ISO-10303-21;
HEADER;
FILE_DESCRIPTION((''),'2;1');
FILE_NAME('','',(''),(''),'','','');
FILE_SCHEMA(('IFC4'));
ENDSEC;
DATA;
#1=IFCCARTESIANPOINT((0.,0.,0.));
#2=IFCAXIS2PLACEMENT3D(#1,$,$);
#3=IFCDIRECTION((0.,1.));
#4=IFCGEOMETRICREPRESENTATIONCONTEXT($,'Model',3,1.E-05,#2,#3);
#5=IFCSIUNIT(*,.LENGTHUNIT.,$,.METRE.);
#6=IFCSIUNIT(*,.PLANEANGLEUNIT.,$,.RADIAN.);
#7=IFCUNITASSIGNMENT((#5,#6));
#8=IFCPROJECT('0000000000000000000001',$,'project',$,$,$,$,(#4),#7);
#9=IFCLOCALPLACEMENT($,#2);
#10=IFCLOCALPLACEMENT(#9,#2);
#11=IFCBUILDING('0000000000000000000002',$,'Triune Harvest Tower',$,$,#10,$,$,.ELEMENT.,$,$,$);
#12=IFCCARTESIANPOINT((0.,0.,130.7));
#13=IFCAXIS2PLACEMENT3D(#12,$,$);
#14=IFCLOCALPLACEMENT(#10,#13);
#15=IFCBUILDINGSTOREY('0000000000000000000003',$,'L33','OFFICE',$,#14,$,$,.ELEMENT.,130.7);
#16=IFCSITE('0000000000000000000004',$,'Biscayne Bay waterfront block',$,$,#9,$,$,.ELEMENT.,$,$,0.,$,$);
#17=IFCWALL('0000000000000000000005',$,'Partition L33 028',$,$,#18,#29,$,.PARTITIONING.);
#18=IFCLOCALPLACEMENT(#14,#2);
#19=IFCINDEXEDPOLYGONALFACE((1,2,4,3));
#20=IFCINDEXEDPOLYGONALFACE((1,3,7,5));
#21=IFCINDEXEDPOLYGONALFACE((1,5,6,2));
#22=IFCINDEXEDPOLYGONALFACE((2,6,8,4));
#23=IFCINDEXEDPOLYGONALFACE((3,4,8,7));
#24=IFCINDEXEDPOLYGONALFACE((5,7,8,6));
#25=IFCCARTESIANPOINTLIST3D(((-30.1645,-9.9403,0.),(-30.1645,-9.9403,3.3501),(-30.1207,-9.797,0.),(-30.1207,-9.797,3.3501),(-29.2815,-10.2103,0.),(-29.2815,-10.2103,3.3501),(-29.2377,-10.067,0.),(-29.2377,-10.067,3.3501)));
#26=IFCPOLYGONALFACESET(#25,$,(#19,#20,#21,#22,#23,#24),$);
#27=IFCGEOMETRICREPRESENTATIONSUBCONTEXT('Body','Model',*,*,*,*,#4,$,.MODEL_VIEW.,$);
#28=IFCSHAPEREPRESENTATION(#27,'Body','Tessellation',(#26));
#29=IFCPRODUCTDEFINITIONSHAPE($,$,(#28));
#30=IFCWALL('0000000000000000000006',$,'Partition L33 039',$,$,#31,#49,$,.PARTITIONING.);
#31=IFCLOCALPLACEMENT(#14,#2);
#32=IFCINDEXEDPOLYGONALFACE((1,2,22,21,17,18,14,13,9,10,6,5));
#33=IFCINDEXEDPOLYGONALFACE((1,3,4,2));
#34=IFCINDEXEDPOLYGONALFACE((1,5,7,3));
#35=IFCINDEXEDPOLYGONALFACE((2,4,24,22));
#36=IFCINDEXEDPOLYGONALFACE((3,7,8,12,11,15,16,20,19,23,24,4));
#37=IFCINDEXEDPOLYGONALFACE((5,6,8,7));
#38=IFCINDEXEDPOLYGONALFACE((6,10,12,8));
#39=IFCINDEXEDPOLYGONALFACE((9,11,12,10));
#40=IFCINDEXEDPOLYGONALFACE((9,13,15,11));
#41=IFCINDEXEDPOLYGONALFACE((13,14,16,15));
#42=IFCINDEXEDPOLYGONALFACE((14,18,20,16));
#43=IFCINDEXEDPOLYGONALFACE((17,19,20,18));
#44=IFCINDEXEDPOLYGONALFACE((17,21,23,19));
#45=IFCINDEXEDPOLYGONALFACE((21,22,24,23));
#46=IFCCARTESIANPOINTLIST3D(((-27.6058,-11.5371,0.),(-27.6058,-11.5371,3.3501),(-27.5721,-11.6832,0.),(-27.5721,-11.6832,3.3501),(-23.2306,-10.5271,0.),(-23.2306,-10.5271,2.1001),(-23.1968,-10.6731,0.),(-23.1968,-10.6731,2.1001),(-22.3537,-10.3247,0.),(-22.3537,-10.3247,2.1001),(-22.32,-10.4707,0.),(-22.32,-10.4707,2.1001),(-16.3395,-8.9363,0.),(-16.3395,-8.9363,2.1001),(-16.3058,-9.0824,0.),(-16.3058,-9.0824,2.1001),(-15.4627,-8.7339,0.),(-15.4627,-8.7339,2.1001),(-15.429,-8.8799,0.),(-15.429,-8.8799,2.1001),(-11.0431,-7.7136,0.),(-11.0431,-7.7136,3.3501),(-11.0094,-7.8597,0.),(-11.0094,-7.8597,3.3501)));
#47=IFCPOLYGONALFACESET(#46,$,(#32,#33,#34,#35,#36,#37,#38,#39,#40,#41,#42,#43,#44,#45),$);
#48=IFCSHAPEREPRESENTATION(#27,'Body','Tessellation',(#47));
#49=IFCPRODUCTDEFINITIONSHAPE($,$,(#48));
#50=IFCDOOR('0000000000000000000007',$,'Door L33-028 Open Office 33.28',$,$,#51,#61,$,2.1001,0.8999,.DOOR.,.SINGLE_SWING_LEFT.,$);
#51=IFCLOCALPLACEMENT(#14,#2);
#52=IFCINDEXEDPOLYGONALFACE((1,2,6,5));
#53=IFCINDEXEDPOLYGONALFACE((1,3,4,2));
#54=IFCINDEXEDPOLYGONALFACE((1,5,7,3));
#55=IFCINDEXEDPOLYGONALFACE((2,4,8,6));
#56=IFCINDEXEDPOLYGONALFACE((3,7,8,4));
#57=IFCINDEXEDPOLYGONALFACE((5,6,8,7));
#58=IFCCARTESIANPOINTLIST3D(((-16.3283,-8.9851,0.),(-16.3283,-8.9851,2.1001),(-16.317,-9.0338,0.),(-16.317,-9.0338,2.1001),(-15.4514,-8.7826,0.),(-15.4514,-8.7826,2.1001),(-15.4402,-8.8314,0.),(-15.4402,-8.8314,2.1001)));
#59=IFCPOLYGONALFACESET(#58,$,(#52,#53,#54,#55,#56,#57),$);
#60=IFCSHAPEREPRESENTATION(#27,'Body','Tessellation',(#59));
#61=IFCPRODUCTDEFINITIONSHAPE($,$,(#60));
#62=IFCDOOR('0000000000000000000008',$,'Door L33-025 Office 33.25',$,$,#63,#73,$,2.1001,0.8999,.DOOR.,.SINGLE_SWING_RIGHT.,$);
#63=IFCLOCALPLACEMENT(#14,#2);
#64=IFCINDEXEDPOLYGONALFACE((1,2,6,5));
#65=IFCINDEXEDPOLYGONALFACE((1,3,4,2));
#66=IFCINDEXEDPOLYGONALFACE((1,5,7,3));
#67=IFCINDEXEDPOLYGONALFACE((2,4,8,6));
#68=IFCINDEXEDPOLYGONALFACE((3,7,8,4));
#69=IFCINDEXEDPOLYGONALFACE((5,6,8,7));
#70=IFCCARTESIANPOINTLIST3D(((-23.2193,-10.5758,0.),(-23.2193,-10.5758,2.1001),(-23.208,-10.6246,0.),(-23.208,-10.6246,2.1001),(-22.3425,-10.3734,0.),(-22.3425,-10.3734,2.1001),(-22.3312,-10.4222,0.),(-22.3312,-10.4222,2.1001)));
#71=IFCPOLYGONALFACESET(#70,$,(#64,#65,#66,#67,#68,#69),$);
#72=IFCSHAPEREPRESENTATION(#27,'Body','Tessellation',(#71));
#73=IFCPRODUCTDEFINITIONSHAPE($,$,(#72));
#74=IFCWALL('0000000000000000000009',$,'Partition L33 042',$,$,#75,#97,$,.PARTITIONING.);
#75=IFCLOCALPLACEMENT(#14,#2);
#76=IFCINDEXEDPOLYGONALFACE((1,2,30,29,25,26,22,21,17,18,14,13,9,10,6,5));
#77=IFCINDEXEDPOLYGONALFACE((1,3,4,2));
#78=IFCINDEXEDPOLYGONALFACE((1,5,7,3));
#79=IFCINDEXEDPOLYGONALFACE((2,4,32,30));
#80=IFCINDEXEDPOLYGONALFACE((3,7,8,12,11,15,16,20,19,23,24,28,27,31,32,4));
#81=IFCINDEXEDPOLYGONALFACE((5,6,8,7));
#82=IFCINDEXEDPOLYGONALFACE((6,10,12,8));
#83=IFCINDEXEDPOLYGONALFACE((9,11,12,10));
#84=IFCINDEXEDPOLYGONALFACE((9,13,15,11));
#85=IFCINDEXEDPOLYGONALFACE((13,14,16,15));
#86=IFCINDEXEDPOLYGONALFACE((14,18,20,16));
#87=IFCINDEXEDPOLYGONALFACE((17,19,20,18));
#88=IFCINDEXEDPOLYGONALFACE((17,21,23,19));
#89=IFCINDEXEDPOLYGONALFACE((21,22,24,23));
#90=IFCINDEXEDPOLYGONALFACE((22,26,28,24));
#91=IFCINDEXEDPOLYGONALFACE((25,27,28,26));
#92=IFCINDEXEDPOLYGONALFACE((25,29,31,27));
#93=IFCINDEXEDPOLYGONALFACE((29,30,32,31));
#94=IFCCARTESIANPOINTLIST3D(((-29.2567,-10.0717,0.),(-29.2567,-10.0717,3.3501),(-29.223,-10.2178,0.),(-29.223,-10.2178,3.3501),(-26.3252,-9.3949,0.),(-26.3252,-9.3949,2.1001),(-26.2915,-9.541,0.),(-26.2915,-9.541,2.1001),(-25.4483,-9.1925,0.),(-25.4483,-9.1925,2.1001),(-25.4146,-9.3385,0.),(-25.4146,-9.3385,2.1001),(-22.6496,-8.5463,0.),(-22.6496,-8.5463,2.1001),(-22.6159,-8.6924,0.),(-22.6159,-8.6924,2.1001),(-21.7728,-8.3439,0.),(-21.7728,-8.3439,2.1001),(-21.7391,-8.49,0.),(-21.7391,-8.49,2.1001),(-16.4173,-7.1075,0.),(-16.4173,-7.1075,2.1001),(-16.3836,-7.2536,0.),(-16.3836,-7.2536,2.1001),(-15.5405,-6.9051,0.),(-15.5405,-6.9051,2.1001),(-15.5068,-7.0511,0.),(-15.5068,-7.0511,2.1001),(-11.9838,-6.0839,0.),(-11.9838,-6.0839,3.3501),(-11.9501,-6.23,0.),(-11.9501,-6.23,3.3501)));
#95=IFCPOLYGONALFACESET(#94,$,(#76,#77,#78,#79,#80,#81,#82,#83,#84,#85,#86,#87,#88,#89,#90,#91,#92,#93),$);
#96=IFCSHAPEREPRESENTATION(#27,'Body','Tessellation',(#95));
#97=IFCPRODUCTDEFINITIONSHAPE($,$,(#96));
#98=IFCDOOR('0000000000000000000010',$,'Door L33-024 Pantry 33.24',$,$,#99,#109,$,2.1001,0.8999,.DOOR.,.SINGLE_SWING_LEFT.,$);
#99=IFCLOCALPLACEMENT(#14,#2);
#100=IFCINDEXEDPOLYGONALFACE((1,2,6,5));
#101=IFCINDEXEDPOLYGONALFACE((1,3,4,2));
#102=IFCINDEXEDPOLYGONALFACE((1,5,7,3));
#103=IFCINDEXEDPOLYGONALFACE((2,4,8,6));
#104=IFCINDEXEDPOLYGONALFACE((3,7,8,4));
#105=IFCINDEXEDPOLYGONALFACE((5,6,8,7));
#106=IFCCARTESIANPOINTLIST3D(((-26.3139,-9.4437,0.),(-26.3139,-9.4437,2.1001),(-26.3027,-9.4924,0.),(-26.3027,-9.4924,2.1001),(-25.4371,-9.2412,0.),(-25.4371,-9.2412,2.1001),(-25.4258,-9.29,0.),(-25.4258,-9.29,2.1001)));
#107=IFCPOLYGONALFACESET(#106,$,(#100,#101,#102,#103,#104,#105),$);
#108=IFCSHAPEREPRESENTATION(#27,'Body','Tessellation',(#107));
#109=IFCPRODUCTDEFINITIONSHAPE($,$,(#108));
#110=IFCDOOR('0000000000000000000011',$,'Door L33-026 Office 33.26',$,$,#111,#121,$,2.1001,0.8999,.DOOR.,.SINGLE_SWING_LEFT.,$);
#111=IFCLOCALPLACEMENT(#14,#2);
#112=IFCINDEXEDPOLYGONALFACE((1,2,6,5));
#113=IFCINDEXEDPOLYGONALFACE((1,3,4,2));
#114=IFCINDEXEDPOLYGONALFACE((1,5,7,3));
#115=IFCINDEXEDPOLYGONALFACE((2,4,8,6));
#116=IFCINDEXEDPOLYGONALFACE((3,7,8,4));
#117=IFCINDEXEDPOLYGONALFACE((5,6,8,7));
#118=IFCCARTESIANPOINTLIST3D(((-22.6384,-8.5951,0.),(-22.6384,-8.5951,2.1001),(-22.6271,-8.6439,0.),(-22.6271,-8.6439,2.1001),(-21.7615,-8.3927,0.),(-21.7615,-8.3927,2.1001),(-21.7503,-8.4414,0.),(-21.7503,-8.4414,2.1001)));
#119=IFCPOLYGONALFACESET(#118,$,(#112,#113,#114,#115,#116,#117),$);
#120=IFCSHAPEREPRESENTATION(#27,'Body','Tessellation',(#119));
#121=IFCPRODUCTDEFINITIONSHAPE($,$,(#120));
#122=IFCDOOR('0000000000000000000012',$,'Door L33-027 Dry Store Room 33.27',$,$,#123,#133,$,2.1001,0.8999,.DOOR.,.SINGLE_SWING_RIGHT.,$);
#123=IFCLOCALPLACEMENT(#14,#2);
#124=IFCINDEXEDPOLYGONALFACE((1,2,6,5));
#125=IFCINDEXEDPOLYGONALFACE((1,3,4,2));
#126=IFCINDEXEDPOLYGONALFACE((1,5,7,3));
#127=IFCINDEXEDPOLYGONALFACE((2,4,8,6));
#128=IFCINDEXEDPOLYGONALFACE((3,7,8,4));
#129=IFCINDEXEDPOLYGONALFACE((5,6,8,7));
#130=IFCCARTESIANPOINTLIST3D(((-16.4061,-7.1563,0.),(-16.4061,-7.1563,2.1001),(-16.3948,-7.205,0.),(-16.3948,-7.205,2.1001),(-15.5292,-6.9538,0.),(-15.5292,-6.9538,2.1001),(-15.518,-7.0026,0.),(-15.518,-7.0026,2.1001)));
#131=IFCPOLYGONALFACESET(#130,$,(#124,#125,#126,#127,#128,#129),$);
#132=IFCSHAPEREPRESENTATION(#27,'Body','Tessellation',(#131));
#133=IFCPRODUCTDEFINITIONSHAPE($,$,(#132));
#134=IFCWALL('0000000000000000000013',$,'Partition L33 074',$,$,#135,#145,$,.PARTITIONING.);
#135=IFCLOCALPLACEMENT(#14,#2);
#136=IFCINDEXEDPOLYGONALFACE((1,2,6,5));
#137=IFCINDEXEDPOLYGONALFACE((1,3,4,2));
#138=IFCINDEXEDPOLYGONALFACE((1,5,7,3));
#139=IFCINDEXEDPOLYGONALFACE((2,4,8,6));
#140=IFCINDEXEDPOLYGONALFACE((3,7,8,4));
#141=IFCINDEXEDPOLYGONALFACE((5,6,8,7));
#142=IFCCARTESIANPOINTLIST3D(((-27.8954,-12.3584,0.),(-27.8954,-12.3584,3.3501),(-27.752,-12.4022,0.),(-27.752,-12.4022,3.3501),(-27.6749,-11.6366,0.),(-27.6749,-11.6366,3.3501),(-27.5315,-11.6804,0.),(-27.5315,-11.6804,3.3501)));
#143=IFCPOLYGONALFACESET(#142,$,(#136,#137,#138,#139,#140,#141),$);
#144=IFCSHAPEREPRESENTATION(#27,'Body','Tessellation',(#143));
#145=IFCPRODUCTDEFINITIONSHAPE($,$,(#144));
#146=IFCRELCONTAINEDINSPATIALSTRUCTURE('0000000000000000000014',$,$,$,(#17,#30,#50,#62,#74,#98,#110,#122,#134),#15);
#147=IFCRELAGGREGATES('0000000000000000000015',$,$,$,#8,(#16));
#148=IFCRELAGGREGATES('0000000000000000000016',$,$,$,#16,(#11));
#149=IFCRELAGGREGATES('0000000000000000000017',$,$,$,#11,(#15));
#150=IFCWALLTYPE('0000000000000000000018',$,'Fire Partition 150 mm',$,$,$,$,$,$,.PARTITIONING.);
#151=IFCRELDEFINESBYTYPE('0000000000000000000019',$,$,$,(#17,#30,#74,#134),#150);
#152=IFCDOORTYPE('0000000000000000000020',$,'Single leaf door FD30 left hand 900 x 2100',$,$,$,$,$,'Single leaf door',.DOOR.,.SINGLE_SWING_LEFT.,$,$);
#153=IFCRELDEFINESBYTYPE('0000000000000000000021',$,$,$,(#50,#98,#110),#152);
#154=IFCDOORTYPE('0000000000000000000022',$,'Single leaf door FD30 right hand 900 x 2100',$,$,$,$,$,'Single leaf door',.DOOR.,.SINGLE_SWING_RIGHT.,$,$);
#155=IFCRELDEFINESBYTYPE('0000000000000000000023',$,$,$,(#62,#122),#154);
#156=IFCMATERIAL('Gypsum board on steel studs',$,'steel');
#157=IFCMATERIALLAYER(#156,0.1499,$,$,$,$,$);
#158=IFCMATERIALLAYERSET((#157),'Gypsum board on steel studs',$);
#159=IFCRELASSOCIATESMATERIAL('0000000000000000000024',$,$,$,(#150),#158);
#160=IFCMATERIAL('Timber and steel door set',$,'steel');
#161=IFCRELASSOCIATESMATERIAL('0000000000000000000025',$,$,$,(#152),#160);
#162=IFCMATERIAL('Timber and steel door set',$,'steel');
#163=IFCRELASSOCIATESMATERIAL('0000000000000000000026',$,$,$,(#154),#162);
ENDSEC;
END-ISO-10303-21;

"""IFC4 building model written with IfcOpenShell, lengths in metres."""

from ifc_helpers import new_model, si_unit, direction, frame, frame_2d, origin, place, context, subcontext, project, spatial, rectangle, extrude, material, layer, layer_set, type_object, element, fill, save


model = new_model("IFC4")

# Units and contexts
model_context = context("Model", 3, precision=1e-05, world=origin(), true_north=direction((0.0, 1.0)))
body_context = subcontext(model_context, "Body", "Model", "MODEL_VIEW")
ifc_project = project(units=[si_unit("LENGTHUNIT", "METRE"), si_unit("PLANEANGLEUNIT", "RADIAN")], contexts=[model_context])

# Site, building, storey
site_placement = place(None, origin())
site = spatial("IfcSite", under=ifc_project, at=site_placement, Name="Biscayne Bay waterfront block", CompositionType="ELEMENT", RefElevation=0.0)
building_placement = place(site_placement, origin())
building = spatial("IfcBuilding", under=site, at=building_placement, Name="Triune Harvest Tower", CompositionType="ELEMENT")
storey_placement = place(building_placement, frame((0.0, 0.0, 130.7)))
storey = spatial("IfcBuildingStorey", under=building, at=storey_placement, Name="L33", Description="OFFICE", CompositionType="ELEMENT", Elevation=130.7)

# Wall
ifc_material_1 = material(Name="Gypsum board on steel studs", Category="steel")
ifc_layer_1 = layer(ifc_material_1, 0.1499)
ifc_layer_set_1 = layer_set([ifc_layer_1], Name="Gypsum board on steel studs")
wall_type = type_object("IfcWallType", Name="Fire Partition 150 mm", PredefinedType="PARTITIONING", material=ifc_layer_set_1)
wall_1_placement = place(storey_placement, frame((-30.1426, -9.8687, 0.0), z_axis=(0.0, 0.0, 1.0), x_axis=(0.956292, -0.292413, 0.0)))
element("IfcWall", 1, at=wall_1_placement, inside=storey, type_object=wall_type, Name="Partition L33 028", PredefinedType="PARTITIONING", context=body_context, shape_type="SweptSolid", body=[
    extrude(rectangle(XDim=0.9233, YDim=0.1499, at=frame_2d((0.4617, 0.0))), origin(), (0.0, 0.0, 1.0), 3.3501),
])

# Walls, openings, doors
wall_2_placement = place(storey_placement, frame((-27.5889, -11.6101, 0.0), z_axis=(0.0, 0.0, 1.0), x_axis=(0.974374, 0.224933, 0.0)))
wall_2 = element("IfcWall", 2, at=wall_2_placement, inside=storey, type_object=wall_type, Name="Partition L33 039", PredefinedType="PARTITIONING", context=body_context, shape_type="SweptSolid", body=[
    extrude(rectangle(XDim=16.9983, YDim=0.1499, at=frame_2d((8.499, 0.0))), origin(), (0.0, 0.0, 1.0), 3.3501),
])
opening_1_placement = place(wall_2_placement, frame((4.4902, 0.0, 0.0)))
opening_1 = element("IfcOpeningElement", 3, at=opening_1_placement, cuts=wall_2, PredefinedType="OPENING", context=body_context, shape_type="SweptSolid", body=[
    extrude(rectangle(XDim=0.8999, YDim=2.1001, at=frame_2d((0.45, 1.05))), frame((0.0, 0.085, 0.0), z_axis=(0.0, -1.0, 0.0), x_axis=(1.0, 0.0, 0.0)), (0.0, 0.0, 1.0), 0.1699),
])
opening_2_placement = place(wall_2_placement, frame((11.5625, 0.0, 0.0)))
opening_2 = element("IfcOpeningElement", 4, at=opening_2_placement, cuts=wall_2, PredefinedType="OPENING", context=body_context, shape_type="SweptSolid", body=[
    extrude(rectangle(XDim=0.8999, YDim=2.1001, at=frame_2d((0.45, 1.05))), frame((0.0, 0.085, 0.0), z_axis=(0.0, -1.0, 0.0), x_axis=(1.0, 0.0, 0.0)), (0.0, 0.0, 1.0), 0.1699),
])
ifc_material_2 = material(Name="Timber and steel door set", Category="steel")
door_type_1 = type_object("IfcDoorType", Name="Single leaf door FD30 left hand 900 x 2100", ElementType="Single leaf door", OperationType="SINGLE_SWING_LEFT", PredefinedType="DOOR", material=ifc_material_2)
door_1_placement = place(opening_2_placement, origin())
door_1 = element("IfcDoor", 5, at=door_1_placement, inside=storey, type_object=door_type_1, Name="Door L33-028 Open Office 33.28", OperationType="SINGLE_SWING_LEFT", OverallHeight=2.1001, OverallWidth=0.8999, PredefinedType="DOOR", context=body_context, shape_type="SweptSolid", body=[
    extrude(rectangle(XDim=0.8999, YDim=2.1001, at=frame_2d((0.45, 1.05))), frame((0.0, 0.0249, 0.0), z_axis=(0.0, -1.0, 0.0), x_axis=(1.0, 0.0, 0.0)), (0.0, 0.0, 1.0), 0.05),
])
fill(opening_2, door_1)
ifc_material_3 = material(Name="Timber and steel door set", Category="steel")
door_type_2 = type_object("IfcDoorType", Name="Single leaf door FD30 right hand 900 x 2100", ElementType="Single leaf door", OperationType="SINGLE_SWING_RIGHT", PredefinedType="DOOR", material=ifc_material_3)
door_2_placement = place(opening_1_placement, origin())
door_2 = element("IfcDoor", 6, at=door_2_placement, inside=storey, type_object=door_type_2, Name="Door L33-025 Office 33.25", OperationType="SINGLE_SWING_RIGHT", OverallHeight=2.1001, OverallWidth=0.8999, PredefinedType="DOOR", context=body_context, shape_type="SweptSolid", body=[
    extrude(rectangle(XDim=0.8999, YDim=2.1001, at=frame_2d((0.45, 1.05))), frame((0.0, 0.0249, 0.0), z_axis=(0.0, -1.0, 0.0), x_axis=(1.0, 0.0, 0.0)), (0.0, 0.0, 1.0), 0.05),
])
fill(opening_1, door_2)
wall_3_placement = place(storey_placement, frame((-29.24, -10.1448, 0.0), z_axis=(0.0, 0.0, 1.0), x_axis=(0.97437, 0.224952, 0.0)))
wall_3 = element("IfcWall", 7, at=wall_3_placement, inside=storey, type_object=wall_type, Name="Partition L33 042", PredefinedType="PARTITIONING", context=body_context, shape_type="SweptSolid", body=[
    extrude(rectangle(XDim=17.7273, YDim=0.1499, at=frame_2d((8.8638, 0.0))), origin(), (0.0, 0.0, 1.0), 3.3501),
])
opening_3_placement = place(wall_3_placement, frame((3.0088, 0.0, 0.0)))
opening_3 = element("IfcOpeningElement", 8, at=opening_3_placement, cuts=wall_3, PredefinedType="OPENING", context=body_context, shape_type="SweptSolid", body=[
    extrude(rectangle(XDim=0.8999, YDim=2.1001, at=frame_2d((0.45, 1.05))), frame((0.0, 0.085, 0.0), z_axis=(0.0, -1.0, 0.0), x_axis=(1.0, 0.0, 0.0)), (0.0, 0.0, 1.0), 0.1699),
])
opening_4_placement = place(wall_3_placement, frame((6.781, 0.0, 0.0)))
opening_4 = element("IfcOpeningElement", 9, at=opening_4_placement, cuts=wall_3, PredefinedType="OPENING", context=body_context, shape_type="SweptSolid", body=[
    extrude(rectangle(XDim=0.8999, YDim=2.1001, at=frame_2d((0.45, 1.05))), frame((0.0, 0.085, 0.0), z_axis=(0.0, -1.0, 0.0), x_axis=(1.0, 0.0, 0.0)), (0.0, 0.0, 1.0), 0.1699),
])
opening_5_placement = place(wall_3_placement, frame((13.1772, 0.0, 0.0)))
opening_5 = element("IfcOpeningElement", 10, at=opening_5_placement, cuts=wall_3, PredefinedType="OPENING", context=body_context, shape_type="SweptSolid", body=[
    extrude(rectangle(XDim=0.8999, YDim=2.1001, at=frame_2d((0.45, 1.05))), frame((0.0, 0.085, 0.0), z_axis=(0.0, -1.0, 0.0), x_axis=(1.0, 0.0, 0.0)), (0.0, 0.0, 1.0), 0.1699),
])
door_3_placement = place(opening_3_placement, origin())
door_3 = element("IfcDoor", 11, at=door_3_placement, inside=storey, type_object=door_type_1, Name="Door L33-024 Pantry 33.24", OperationType="SINGLE_SWING_LEFT", OverallHeight=2.1001, OverallWidth=0.8999, PredefinedType="DOOR", context=body_context, shape_type="SweptSolid", body=[
    extrude(rectangle(XDim=0.8999, YDim=2.1001, at=frame_2d((0.45, 1.05))), frame((0.0, 0.0249, 0.0), z_axis=(0.0, -1.0, 0.0), x_axis=(1.0, 0.0, 0.0)), (0.0, 0.0, 1.0), 0.05),
])
fill(opening_3, door_3)
door_4_placement = place(opening_4_placement, origin())
door_4 = element("IfcDoor", 12, at=door_4_placement, inside=storey, type_object=door_type_1, Name="Door L33-026 Office 33.26", OperationType="SINGLE_SWING_LEFT", OverallHeight=2.1001, OverallWidth=0.8999, PredefinedType="DOOR", context=body_context, shape_type="SweptSolid", body=[
    extrude(rectangle(XDim=0.8999, YDim=2.1001, at=frame_2d((0.45, 1.05))), frame((0.0, 0.0249, 0.0), z_axis=(0.0, -1.0, 0.0), x_axis=(1.0, 0.0, 0.0)), (0.0, 0.0, 1.0), 0.05),
])
fill(opening_4, door_4)
door_5_placement = place(opening_5_placement, origin())
door_5 = element("IfcDoor", 13, at=door_5_placement, inside=storey, type_object=door_type_2, Name="Door L33-027 Dry Store Room 33.27", OperationType="SINGLE_SWING_RIGHT", OverallHeight=2.1001, OverallWidth=0.8999, PredefinedType="DOOR", context=body_context, shape_type="SweptSolid", body=[
    extrude(rectangle(XDim=0.8999, YDim=2.1001, at=frame_2d((0.45, 1.05))), frame((0.0, 0.0249, 0.0), z_axis=(0.0, -1.0, 0.0), x_axis=(1.0, 0.0, 0.0)), (0.0, 0.0, 1.0), 0.05),
])
fill(opening_5, door_5)

# Wall
wall_4_placement = place(storey_placement, frame((-27.8237, -12.3804, 0.0), z_axis=(0.0, 0.0, 1.0), x_axis=(0.292153, 0.956372, 0.0)))
element("IfcWall", 14, at=wall_4_placement, inside=storey, type_object=wall_type, Name="Partition L33 074", PredefinedType="PARTITIONING", context=body_context, shape_type="SweptSolid", body=[
    extrude(rectangle(XDim=0.7546, YDim=0.1499, at=frame_2d((0.3774, 0.0))), origin(), (0.0, 0.0, 1.0), 3.3501),
])

save(model, "model.ifc")
